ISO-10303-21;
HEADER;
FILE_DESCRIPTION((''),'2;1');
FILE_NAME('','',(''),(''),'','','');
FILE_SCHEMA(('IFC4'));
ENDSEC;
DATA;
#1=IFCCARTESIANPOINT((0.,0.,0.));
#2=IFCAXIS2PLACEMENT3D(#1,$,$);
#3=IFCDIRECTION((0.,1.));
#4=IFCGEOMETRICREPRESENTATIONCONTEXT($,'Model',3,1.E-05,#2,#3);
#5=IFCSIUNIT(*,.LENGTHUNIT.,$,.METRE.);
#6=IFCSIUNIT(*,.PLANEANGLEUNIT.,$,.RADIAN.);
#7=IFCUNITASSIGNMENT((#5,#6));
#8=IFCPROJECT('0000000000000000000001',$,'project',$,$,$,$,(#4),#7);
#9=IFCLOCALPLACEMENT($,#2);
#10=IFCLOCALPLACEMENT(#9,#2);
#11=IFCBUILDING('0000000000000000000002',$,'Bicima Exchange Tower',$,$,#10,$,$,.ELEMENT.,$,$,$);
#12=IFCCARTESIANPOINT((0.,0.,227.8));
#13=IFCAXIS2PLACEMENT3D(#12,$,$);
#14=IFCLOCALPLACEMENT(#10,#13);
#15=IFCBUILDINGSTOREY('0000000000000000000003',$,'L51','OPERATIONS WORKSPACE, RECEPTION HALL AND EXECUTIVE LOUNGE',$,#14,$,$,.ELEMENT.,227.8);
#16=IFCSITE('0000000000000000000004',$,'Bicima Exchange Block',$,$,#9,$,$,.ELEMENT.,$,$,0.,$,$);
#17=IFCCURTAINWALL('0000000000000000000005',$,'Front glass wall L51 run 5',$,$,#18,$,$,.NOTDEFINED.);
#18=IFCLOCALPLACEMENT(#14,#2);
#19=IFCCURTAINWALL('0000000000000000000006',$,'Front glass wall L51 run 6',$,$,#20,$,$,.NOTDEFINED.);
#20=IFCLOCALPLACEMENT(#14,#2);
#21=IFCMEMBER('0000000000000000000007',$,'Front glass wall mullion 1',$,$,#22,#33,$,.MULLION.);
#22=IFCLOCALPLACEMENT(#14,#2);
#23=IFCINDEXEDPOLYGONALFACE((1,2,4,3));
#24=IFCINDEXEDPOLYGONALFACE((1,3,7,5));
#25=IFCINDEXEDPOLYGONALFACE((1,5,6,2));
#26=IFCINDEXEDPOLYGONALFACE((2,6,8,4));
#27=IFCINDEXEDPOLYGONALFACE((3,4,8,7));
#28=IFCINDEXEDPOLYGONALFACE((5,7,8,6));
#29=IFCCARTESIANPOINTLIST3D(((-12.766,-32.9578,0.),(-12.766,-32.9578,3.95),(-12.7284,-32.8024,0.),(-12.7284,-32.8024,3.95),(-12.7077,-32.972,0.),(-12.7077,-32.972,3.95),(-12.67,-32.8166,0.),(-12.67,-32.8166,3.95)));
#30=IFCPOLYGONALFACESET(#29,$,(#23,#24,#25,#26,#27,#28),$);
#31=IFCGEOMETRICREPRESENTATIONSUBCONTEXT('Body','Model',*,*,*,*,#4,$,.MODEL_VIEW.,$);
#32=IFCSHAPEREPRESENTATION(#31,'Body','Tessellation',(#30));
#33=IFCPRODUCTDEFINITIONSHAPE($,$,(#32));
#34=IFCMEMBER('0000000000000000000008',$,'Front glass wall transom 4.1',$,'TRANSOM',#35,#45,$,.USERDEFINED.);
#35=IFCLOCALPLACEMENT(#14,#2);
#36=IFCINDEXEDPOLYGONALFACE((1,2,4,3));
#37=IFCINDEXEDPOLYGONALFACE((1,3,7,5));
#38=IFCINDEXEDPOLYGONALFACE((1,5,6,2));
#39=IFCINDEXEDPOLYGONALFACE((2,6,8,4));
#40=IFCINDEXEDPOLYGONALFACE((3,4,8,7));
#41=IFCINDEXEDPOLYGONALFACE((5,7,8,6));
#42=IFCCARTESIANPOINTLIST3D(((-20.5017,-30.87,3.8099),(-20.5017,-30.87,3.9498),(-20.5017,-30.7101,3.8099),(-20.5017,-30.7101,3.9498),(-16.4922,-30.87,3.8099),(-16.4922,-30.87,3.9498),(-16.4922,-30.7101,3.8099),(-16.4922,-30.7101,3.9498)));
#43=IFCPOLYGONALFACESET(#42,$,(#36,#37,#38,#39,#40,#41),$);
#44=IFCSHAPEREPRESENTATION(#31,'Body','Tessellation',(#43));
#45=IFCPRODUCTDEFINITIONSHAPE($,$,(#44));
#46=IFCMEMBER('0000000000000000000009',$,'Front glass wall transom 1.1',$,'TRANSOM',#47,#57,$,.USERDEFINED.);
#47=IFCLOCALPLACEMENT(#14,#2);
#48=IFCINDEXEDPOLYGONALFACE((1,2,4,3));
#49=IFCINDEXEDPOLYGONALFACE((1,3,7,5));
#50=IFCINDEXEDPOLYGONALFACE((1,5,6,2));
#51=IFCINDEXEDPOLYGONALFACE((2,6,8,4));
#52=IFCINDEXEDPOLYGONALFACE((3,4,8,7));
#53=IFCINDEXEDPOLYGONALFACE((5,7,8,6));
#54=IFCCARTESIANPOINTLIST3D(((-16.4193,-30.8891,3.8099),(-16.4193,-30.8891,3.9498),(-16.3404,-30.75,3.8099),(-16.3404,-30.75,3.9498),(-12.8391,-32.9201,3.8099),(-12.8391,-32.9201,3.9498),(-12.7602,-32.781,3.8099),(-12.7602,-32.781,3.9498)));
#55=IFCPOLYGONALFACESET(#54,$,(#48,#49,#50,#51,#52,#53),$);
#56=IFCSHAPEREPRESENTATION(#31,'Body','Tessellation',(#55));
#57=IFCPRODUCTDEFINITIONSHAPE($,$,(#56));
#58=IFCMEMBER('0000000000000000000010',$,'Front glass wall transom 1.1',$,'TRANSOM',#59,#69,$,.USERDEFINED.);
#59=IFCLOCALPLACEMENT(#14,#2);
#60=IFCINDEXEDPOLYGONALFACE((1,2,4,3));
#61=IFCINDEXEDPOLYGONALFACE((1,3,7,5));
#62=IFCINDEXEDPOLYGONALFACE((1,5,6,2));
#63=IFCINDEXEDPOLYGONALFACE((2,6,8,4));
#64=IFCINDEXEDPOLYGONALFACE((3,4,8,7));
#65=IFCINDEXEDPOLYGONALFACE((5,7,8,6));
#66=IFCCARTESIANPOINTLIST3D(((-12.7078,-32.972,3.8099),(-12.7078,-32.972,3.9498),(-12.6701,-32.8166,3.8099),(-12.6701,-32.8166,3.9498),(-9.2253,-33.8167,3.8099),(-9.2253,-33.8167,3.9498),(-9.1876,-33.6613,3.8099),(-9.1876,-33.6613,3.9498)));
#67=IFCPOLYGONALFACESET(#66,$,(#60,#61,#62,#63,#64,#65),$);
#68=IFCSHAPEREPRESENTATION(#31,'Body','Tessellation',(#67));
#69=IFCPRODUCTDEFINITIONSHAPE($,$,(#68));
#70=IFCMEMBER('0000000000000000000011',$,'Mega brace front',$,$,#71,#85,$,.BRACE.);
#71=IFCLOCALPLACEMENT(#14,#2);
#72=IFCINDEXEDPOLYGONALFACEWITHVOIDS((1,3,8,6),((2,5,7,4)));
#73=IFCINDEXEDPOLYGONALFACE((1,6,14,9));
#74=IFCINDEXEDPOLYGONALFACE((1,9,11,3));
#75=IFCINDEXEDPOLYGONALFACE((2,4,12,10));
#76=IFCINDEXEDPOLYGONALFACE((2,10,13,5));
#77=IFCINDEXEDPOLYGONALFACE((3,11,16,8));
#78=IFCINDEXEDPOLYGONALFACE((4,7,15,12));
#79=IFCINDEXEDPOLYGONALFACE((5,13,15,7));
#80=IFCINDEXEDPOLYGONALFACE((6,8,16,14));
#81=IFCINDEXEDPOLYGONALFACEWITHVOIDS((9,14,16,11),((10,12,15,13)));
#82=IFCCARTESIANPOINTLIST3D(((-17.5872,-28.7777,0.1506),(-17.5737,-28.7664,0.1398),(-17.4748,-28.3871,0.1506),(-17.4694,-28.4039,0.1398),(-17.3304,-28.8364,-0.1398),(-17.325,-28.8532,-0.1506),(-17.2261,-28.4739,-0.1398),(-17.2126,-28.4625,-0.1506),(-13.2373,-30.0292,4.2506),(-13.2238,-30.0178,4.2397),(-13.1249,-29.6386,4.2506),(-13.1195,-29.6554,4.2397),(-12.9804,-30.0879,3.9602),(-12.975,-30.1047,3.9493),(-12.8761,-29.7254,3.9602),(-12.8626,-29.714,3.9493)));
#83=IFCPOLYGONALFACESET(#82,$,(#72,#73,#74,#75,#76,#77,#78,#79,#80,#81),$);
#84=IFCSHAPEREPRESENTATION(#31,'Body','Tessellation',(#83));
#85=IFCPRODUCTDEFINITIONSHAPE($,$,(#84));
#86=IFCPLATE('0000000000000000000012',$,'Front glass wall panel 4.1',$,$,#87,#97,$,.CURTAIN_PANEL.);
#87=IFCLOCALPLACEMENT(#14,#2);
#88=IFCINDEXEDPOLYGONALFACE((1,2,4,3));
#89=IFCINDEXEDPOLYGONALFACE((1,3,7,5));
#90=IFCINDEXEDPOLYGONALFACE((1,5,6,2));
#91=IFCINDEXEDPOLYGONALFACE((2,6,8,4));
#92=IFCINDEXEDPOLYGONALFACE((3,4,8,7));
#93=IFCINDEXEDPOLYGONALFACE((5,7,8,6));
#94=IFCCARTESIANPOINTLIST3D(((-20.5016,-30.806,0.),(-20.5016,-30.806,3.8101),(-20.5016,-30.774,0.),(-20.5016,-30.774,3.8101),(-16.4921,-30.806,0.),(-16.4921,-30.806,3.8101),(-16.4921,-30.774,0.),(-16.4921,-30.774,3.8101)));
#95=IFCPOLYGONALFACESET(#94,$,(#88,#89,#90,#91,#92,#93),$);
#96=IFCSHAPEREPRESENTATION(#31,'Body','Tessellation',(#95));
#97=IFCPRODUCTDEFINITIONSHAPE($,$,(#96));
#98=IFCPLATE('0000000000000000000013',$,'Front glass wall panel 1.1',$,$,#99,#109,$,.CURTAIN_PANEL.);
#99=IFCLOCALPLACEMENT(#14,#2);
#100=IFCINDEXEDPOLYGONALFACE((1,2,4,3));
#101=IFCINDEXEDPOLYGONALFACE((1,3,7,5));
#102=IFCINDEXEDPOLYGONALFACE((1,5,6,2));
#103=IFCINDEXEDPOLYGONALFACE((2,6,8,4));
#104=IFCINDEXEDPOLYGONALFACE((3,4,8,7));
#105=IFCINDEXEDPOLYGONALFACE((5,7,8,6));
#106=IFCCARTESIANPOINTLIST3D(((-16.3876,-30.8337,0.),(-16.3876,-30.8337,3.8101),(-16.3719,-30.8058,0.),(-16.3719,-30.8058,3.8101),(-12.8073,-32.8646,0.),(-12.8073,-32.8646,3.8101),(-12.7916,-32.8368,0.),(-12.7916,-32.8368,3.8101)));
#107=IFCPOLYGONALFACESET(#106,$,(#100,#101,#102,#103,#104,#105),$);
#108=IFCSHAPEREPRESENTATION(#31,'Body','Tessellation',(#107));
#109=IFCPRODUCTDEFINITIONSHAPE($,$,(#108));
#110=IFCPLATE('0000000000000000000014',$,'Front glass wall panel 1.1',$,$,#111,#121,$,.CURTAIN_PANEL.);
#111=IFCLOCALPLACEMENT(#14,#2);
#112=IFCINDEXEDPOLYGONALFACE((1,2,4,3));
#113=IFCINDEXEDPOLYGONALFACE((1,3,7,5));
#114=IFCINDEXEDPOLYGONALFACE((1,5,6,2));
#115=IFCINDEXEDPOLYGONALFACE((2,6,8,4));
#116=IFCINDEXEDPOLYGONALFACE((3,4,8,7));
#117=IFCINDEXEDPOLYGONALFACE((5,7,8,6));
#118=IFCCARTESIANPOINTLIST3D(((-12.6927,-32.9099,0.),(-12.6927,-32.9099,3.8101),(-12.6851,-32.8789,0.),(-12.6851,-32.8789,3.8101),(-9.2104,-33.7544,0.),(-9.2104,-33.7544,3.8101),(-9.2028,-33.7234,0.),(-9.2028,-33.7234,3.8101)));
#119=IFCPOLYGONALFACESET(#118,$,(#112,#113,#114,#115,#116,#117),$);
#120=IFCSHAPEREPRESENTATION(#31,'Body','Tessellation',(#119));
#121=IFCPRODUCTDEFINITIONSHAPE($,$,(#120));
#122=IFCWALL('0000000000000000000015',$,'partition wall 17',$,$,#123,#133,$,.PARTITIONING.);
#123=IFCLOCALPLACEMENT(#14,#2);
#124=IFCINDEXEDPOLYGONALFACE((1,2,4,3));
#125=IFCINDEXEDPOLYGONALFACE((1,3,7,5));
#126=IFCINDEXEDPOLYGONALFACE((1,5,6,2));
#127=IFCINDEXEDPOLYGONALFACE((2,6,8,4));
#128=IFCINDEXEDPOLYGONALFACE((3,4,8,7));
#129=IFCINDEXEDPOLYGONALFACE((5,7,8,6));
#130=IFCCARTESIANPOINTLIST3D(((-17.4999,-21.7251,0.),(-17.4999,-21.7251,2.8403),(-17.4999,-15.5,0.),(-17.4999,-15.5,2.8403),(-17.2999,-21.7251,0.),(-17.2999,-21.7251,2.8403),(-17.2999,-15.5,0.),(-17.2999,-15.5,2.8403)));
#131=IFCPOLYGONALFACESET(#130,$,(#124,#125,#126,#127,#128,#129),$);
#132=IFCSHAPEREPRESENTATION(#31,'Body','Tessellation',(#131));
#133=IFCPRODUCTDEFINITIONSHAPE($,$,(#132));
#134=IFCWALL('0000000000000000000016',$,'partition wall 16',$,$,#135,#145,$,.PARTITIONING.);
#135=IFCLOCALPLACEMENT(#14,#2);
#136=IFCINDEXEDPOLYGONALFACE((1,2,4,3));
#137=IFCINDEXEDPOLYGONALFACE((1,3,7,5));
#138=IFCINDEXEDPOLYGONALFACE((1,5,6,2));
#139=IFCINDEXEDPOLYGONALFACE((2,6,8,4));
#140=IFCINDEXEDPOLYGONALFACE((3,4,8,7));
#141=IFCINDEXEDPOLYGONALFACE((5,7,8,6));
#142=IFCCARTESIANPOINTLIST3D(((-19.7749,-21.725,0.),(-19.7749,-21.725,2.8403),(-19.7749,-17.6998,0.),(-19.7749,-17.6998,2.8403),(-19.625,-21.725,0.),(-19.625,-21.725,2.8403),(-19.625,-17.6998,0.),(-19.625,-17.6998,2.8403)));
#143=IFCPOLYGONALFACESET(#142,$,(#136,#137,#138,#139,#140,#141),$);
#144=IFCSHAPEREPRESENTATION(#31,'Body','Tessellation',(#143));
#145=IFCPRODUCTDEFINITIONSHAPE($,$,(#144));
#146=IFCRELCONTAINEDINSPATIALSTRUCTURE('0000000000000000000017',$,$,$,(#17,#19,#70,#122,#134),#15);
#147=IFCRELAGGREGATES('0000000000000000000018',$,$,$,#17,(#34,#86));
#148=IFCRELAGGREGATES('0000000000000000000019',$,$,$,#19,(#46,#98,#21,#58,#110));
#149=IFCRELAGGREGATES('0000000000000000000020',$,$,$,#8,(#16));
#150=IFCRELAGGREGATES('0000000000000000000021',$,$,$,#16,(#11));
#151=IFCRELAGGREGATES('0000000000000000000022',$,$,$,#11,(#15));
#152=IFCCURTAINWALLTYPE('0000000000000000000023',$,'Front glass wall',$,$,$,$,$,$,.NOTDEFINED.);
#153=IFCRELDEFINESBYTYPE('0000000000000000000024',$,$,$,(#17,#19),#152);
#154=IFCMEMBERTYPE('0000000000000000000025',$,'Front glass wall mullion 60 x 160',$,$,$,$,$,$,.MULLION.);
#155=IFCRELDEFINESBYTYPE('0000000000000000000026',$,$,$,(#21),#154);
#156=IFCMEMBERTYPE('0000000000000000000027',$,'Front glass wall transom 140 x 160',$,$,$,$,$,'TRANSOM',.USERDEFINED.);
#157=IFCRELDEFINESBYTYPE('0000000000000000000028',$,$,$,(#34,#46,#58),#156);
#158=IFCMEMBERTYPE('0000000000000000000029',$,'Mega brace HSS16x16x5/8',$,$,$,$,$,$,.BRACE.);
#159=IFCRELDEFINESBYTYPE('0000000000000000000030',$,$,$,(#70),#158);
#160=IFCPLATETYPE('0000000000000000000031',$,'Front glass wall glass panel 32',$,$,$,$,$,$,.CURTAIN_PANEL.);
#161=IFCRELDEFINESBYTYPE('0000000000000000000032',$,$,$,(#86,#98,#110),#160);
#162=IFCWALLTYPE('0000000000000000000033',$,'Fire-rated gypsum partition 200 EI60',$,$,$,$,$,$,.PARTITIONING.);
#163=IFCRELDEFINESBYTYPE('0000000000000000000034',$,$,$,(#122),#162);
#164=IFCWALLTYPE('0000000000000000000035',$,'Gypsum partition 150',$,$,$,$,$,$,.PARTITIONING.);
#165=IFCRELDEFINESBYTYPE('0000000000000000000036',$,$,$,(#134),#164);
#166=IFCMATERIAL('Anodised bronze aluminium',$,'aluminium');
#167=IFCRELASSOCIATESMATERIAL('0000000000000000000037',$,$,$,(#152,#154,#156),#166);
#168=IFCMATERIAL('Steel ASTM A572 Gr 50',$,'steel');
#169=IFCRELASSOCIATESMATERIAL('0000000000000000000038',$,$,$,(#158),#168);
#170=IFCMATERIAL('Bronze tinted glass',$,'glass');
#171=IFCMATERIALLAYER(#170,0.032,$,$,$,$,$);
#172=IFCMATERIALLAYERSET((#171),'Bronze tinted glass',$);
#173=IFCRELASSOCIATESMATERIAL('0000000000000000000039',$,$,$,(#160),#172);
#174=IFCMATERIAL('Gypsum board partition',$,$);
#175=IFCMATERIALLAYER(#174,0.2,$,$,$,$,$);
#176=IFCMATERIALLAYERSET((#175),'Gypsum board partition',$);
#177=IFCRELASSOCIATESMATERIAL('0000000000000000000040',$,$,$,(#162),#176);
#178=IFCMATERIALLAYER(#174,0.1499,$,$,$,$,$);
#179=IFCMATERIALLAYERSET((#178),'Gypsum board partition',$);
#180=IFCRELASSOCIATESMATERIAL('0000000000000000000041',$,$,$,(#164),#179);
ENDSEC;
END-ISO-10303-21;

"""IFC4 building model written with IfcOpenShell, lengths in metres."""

from ifc_helpers import new_model, si_unit, direction, frame, frame_2d, origin, origin_2d, place, context, subcontext, project, spatial, rectangle, hollow_rectangle, extrude, material, layer, layer_set, material_profile, profile_set, type_object, element, aggregate, save


model = new_model("IFC4")

# Units and contexts
model_context = context("Model", 3, precision=1e-05, world=origin(), true_north=direction((0.0, 1.0)))
body_context = subcontext(model_context, "Body", "Model", "MODEL_VIEW")
ifc_project = project(units=[si_unit("LENGTHUNIT", "METRE"), si_unit("PLANEANGLEUNIT", "RADIAN")], contexts=[model_context])

# Site, building, storey
site_placement = place(None, origin())
site = spatial("IfcSite", under=ifc_project, at=site_placement, Name="Bicima Exchange Block", CompositionType="ELEMENT", RefElevation=0.0)
building_placement = place(site_placement, origin())
building = spatial("IfcBuilding", under=site, at=building_placement, Name="Bicima Exchange Tower", CompositionType="ELEMENT")
storey_placement = place(building_placement, frame((0.0, 0.0, 227.8)))
storey = spatial("IfcBuildingStorey", under=building, at=storey_placement, Name="L51", Description="OPERATIONS WORKSPACE, RECEPTION HALL AND EXECUTIVE LOUNGE", CompositionType="ELEMENT", Elevation=227.8)

# Curtain walls, member
ifc_material_1 = material(Name="Anodised bronze aluminium", Category="aluminium")
curtain_wall_type = type_object("IfcCurtainWallType", Name="Front glass wall", PredefinedType="NOTDEFINED", material=ifc_material_1)
curtain_wall_1_placement = place(storey_placement, origin())
curtain_wall_1 = element("IfcCurtainWall", 1, at=curtain_wall_1_placement, inside=storey, type_object=curtain_wall_type, Name="Front glass wall L51 run 5", PredefinedType="NOTDEFINED")
ifc_material_profile_1 = material_profile(ifc_material_1, rectangle(XDim=0.1599, YDim=0.0601, at=origin_2d()))
ifc_profile_set_1 = profile_set([ifc_material_profile_1], Name="Anodised bronze aluminium")
member_type_1 = type_object("IfcMemberType", Name="Front glass wall mullion 60 x 160", PredefinedType="MULLION", material=ifc_profile_set_1)
curtain_wall_2_placement = place(storey_placement, origin())
curtain_wall_2 = element("IfcCurtainWall", 2, at=curtain_wall_2_placement, inside=storey, type_object=curtain_wall_type, Name="Front glass wall L51 run 6", PredefinedType="NOTDEFINED")
member_1_placement = place(storey_placement, frame((-12.718, -32.8872, 0.0), z_axis=(0.0, 0.0, 1.0), x_axis=(0.235682, 0.97183, 0.0)))
member_1 = element("IfcMember", 3, at=member_1_placement, type_object=member_type_1, Name="Front glass wall mullion 1", PredefinedType="MULLION", context=body_context, shape_type="SweptSolid", body=[
    extrude(rectangle(XDim=0.1599, YDim=0.0601, at=origin_2d()), origin(), (0.0, 0.0, 1.0), 3.95),
])

# Members
ifc_material_profile_2 = material_profile(ifc_material_1, rectangle(XDim=0.1599, YDim=0.1399, at=origin_2d()))
ifc_profile_set_2 = profile_set([ifc_material_profile_2], Name="Anodised bronze aluminium")
member_type_2 = type_object("IfcMemberType", Name="Front glass wall transom 140 x 160", ElementType="TRANSOM", PredefinedType="USERDEFINED", material=ifc_profile_set_2)
member_2_placement = place(storey_placement, frame((-20.5017, -30.79, 3.8799), z_axis=(1.0, 0.0, 0.0), x_axis=(0.0, 1.0, 0.0)))
member_2 = element("IfcMember", 4, at=member_2_placement, type_object=member_type_2, Name="Front glass wall transom 4.1", ObjectType="TRANSOM", PredefinedType="USERDEFINED", context=body_context, shape_type="SweptSolid", body=[
    extrude(rectangle(XDim=0.1599, YDim=0.1399, at=origin_2d()), origin(), (0.0, 0.0, 1.0), 4.0095),
])
member_3_placement = place(storey_placement, frame((-16.3799, -30.8196, 3.8799), z_axis=(0.869797, -0.493409, 0.0), x_axis=(0.493409, 0.869797, 0.0)))
member_3 = element("IfcMember", 5, at=member_3_placement, type_object=member_type_2, Name="Front glass wall transom 1.1", ObjectType="TRANSOM", PredefinedType="USERDEFINED", context=body_context, shape_type="SweptSolid", body=[
    extrude(rectangle(XDim=0.1599, YDim=0.1399, at=origin_2d()), origin(), (0.0, 0.0, 1.0), 4.1162),
])
member_4_placement = place(storey_placement, frame((-12.689, -32.8943, 3.8799), z_axis=(0.971818, -0.235733, 0.0), x_axis=(0.235733, 0.971818, 0.0)))
member_4 = element("IfcMember", 6, at=member_4_placement, type_object=member_type_2, Name="Front glass wall transom 1.1", ObjectType="TRANSOM", PredefinedType="USERDEFINED", context=body_context, shape_type="SweptSolid", body=[
    extrude(rectangle(XDim=0.1599, YDim=0.1399, at=origin_2d()), origin(), (0.0, 0.0, 1.0), 3.5835),
])
ifc_material_2 = material(Name="Steel ASTM A572 Gr 50", Category="steel")
ifc_material_profile_3 = material_profile(ifc_material_2, hollow_rectangle(XDim=0.4065, YDim=0.4065, WallThickness=0.0146, at=origin_2d()))
ifc_profile_set_3 = profile_set([ifc_material_profile_3], Name="Steel ASTM A572 Gr 50")
member_type_3 = type_object("IfcMemberType", Name="Mega brace HSS16x16x5/8", PredefinedType="BRACE", material=ifc_profile_set_3)
member_5_placement = place(storey_placement, frame((-17.3999, -28.6201, 0.0), z_axis=(0.712266, -0.204921, 0.67133), x_axis=(0.276487, 0.961018, 0.0)))
element("IfcMember", 7, at=member_5_placement, inside=storey, type_object=member_type_3, Name="Mega brace front", PredefinedType="BRACE", context=body_context, shape_type="SweptSolid", body=[
    extrude(hollow_rectangle(XDim=0.4065, YDim=0.4065, WallThickness=0.0146, at=origin_2d()), origin(), (0.0, 0.0, 1.0), 6.1072),
])

# Plates
ifc_material_3 = material(Name="Bronze tinted glass", Category="glass")
ifc_layer_1 = layer(ifc_material_3, 0.032)
ifc_layer_set_1 = layer_set([ifc_layer_1], Name="Bronze tinted glass")
plate_type = type_object("IfcPlateType", Name="Front glass wall glass panel 32", PredefinedType="CURTAIN_PANEL", material=ifc_layer_set_1)
plate_1_placement = place(storey_placement, frame((-18.4968, -30.79, 0.0), z_axis=(0.0, 0.0, 1.0), x_axis=(1.0, 0.0, 0.0)))
plate_1 = element("IfcPlate", 8, at=plate_1_placement, type_object=plate_type, Name="Front glass wall panel 4.1", PredefinedType="CURTAIN_PANEL", context=body_context, shape_type="SweptSolid", body=[
    extrude(rectangle(XDim=4.0095, YDim=0.032, at=origin_2d()), origin(), (0.0, 0.0, 1.0), 3.8101),
])
aggregate(curtain_wall_1, [member_2, plate_1])
plate_2_placement = place(storey_placement, frame((-14.5896, -31.8352, 0.0), z_axis=(0.0, 0.0, 1.0), x_axis=(0.869805, -0.493395, 0.0)))
plate_2 = element("IfcPlate", 9, at=plate_2_placement, type_object=plate_type, Name="Front glass wall panel 1.1", PredefinedType="CURTAIN_PANEL", context=body_context, shape_type="SweptSolid", body=[
    extrude(rectangle(XDim=4.1162, YDim=0.032, at=origin_2d()), origin(), (0.0, 0.0, 1.0), 3.8101),
])
plate_3_placement = place(storey_placement, frame((-10.9478, -33.3167, 0.0), z_axis=(0.0, 0.0, 1.0), x_axis=(0.97183, -0.235682, 0.0)))
plate_3 = element("IfcPlate", 10, at=plate_3_placement, type_object=plate_type, Name="Front glass wall panel 1.1", PredefinedType="CURTAIN_PANEL", context=body_context, shape_type="SweptSolid", body=[
    extrude(rectangle(XDim=3.5833, YDim=0.032, at=origin_2d()), origin(), (0.0, 0.0, 1.0), 3.8101),
])
aggregate(curtain_wall_2, [member_3, plate_2, member_1, member_4, plate_3])

# Walls
ifc_material_4 = material(Name="Gypsum board partition")
ifc_layer_2 = layer(ifc_material_4, 0.2)
ifc_layer_set_2 = layer_set([ifc_layer_2], Name="Gypsum board partition")
wall_type_1 = type_object("IfcWallType", Name="Fire-rated gypsum partition 200 EI60", PredefinedType="PARTITIONING", material=ifc_layer_set_2)
wall_1_placement = place(storey_placement, frame((-17.3999, -21.7251, 0.0), z_axis=(0.0, 0.0, 1.0), x_axis=(0.0, 1.0, 0.0)))
element("IfcWall", 11, at=wall_1_placement, inside=storey, type_object=wall_type_1, Name="partition wall 17", PredefinedType="PARTITIONING", context=body_context, shape_type="SweptSolid", body=[
    extrude(rectangle(XDim=6.2251, YDim=0.2, at=frame_2d((3.1125, 0.0))), origin(), (0.0, 0.0, 1.0), 2.8403),
])
ifc_layer_3 = layer(ifc_material_4, 0.1499)
ifc_layer_set_3 = layer_set([ifc_layer_3], Name="Gypsum board partition")
wall_type_2 = type_object("IfcWallType", Name="Gypsum partition 150", PredefinedType="PARTITIONING", material=ifc_layer_set_3)
wall_2_placement = place(storey_placement, frame((-19.7, -21.7251, 0.0), z_axis=(0.0, 0.0, 1.0), x_axis=(0.0, 1.0, 0.0)))
element("IfcWall", 12, at=wall_2_placement, inside=storey, type_object=wall_type_2, Name="partition wall 16", PredefinedType="PARTITIONING", context=body_context, shape_type="SweptSolid", body=[
    extrude(rectangle(XDim=4.0251, YDim=0.1499, at=frame_2d((2.0127, 0.0))), origin(), (0.0, 0.0, 1.0), 2.8403),
])

save(model, "model.ifc")
